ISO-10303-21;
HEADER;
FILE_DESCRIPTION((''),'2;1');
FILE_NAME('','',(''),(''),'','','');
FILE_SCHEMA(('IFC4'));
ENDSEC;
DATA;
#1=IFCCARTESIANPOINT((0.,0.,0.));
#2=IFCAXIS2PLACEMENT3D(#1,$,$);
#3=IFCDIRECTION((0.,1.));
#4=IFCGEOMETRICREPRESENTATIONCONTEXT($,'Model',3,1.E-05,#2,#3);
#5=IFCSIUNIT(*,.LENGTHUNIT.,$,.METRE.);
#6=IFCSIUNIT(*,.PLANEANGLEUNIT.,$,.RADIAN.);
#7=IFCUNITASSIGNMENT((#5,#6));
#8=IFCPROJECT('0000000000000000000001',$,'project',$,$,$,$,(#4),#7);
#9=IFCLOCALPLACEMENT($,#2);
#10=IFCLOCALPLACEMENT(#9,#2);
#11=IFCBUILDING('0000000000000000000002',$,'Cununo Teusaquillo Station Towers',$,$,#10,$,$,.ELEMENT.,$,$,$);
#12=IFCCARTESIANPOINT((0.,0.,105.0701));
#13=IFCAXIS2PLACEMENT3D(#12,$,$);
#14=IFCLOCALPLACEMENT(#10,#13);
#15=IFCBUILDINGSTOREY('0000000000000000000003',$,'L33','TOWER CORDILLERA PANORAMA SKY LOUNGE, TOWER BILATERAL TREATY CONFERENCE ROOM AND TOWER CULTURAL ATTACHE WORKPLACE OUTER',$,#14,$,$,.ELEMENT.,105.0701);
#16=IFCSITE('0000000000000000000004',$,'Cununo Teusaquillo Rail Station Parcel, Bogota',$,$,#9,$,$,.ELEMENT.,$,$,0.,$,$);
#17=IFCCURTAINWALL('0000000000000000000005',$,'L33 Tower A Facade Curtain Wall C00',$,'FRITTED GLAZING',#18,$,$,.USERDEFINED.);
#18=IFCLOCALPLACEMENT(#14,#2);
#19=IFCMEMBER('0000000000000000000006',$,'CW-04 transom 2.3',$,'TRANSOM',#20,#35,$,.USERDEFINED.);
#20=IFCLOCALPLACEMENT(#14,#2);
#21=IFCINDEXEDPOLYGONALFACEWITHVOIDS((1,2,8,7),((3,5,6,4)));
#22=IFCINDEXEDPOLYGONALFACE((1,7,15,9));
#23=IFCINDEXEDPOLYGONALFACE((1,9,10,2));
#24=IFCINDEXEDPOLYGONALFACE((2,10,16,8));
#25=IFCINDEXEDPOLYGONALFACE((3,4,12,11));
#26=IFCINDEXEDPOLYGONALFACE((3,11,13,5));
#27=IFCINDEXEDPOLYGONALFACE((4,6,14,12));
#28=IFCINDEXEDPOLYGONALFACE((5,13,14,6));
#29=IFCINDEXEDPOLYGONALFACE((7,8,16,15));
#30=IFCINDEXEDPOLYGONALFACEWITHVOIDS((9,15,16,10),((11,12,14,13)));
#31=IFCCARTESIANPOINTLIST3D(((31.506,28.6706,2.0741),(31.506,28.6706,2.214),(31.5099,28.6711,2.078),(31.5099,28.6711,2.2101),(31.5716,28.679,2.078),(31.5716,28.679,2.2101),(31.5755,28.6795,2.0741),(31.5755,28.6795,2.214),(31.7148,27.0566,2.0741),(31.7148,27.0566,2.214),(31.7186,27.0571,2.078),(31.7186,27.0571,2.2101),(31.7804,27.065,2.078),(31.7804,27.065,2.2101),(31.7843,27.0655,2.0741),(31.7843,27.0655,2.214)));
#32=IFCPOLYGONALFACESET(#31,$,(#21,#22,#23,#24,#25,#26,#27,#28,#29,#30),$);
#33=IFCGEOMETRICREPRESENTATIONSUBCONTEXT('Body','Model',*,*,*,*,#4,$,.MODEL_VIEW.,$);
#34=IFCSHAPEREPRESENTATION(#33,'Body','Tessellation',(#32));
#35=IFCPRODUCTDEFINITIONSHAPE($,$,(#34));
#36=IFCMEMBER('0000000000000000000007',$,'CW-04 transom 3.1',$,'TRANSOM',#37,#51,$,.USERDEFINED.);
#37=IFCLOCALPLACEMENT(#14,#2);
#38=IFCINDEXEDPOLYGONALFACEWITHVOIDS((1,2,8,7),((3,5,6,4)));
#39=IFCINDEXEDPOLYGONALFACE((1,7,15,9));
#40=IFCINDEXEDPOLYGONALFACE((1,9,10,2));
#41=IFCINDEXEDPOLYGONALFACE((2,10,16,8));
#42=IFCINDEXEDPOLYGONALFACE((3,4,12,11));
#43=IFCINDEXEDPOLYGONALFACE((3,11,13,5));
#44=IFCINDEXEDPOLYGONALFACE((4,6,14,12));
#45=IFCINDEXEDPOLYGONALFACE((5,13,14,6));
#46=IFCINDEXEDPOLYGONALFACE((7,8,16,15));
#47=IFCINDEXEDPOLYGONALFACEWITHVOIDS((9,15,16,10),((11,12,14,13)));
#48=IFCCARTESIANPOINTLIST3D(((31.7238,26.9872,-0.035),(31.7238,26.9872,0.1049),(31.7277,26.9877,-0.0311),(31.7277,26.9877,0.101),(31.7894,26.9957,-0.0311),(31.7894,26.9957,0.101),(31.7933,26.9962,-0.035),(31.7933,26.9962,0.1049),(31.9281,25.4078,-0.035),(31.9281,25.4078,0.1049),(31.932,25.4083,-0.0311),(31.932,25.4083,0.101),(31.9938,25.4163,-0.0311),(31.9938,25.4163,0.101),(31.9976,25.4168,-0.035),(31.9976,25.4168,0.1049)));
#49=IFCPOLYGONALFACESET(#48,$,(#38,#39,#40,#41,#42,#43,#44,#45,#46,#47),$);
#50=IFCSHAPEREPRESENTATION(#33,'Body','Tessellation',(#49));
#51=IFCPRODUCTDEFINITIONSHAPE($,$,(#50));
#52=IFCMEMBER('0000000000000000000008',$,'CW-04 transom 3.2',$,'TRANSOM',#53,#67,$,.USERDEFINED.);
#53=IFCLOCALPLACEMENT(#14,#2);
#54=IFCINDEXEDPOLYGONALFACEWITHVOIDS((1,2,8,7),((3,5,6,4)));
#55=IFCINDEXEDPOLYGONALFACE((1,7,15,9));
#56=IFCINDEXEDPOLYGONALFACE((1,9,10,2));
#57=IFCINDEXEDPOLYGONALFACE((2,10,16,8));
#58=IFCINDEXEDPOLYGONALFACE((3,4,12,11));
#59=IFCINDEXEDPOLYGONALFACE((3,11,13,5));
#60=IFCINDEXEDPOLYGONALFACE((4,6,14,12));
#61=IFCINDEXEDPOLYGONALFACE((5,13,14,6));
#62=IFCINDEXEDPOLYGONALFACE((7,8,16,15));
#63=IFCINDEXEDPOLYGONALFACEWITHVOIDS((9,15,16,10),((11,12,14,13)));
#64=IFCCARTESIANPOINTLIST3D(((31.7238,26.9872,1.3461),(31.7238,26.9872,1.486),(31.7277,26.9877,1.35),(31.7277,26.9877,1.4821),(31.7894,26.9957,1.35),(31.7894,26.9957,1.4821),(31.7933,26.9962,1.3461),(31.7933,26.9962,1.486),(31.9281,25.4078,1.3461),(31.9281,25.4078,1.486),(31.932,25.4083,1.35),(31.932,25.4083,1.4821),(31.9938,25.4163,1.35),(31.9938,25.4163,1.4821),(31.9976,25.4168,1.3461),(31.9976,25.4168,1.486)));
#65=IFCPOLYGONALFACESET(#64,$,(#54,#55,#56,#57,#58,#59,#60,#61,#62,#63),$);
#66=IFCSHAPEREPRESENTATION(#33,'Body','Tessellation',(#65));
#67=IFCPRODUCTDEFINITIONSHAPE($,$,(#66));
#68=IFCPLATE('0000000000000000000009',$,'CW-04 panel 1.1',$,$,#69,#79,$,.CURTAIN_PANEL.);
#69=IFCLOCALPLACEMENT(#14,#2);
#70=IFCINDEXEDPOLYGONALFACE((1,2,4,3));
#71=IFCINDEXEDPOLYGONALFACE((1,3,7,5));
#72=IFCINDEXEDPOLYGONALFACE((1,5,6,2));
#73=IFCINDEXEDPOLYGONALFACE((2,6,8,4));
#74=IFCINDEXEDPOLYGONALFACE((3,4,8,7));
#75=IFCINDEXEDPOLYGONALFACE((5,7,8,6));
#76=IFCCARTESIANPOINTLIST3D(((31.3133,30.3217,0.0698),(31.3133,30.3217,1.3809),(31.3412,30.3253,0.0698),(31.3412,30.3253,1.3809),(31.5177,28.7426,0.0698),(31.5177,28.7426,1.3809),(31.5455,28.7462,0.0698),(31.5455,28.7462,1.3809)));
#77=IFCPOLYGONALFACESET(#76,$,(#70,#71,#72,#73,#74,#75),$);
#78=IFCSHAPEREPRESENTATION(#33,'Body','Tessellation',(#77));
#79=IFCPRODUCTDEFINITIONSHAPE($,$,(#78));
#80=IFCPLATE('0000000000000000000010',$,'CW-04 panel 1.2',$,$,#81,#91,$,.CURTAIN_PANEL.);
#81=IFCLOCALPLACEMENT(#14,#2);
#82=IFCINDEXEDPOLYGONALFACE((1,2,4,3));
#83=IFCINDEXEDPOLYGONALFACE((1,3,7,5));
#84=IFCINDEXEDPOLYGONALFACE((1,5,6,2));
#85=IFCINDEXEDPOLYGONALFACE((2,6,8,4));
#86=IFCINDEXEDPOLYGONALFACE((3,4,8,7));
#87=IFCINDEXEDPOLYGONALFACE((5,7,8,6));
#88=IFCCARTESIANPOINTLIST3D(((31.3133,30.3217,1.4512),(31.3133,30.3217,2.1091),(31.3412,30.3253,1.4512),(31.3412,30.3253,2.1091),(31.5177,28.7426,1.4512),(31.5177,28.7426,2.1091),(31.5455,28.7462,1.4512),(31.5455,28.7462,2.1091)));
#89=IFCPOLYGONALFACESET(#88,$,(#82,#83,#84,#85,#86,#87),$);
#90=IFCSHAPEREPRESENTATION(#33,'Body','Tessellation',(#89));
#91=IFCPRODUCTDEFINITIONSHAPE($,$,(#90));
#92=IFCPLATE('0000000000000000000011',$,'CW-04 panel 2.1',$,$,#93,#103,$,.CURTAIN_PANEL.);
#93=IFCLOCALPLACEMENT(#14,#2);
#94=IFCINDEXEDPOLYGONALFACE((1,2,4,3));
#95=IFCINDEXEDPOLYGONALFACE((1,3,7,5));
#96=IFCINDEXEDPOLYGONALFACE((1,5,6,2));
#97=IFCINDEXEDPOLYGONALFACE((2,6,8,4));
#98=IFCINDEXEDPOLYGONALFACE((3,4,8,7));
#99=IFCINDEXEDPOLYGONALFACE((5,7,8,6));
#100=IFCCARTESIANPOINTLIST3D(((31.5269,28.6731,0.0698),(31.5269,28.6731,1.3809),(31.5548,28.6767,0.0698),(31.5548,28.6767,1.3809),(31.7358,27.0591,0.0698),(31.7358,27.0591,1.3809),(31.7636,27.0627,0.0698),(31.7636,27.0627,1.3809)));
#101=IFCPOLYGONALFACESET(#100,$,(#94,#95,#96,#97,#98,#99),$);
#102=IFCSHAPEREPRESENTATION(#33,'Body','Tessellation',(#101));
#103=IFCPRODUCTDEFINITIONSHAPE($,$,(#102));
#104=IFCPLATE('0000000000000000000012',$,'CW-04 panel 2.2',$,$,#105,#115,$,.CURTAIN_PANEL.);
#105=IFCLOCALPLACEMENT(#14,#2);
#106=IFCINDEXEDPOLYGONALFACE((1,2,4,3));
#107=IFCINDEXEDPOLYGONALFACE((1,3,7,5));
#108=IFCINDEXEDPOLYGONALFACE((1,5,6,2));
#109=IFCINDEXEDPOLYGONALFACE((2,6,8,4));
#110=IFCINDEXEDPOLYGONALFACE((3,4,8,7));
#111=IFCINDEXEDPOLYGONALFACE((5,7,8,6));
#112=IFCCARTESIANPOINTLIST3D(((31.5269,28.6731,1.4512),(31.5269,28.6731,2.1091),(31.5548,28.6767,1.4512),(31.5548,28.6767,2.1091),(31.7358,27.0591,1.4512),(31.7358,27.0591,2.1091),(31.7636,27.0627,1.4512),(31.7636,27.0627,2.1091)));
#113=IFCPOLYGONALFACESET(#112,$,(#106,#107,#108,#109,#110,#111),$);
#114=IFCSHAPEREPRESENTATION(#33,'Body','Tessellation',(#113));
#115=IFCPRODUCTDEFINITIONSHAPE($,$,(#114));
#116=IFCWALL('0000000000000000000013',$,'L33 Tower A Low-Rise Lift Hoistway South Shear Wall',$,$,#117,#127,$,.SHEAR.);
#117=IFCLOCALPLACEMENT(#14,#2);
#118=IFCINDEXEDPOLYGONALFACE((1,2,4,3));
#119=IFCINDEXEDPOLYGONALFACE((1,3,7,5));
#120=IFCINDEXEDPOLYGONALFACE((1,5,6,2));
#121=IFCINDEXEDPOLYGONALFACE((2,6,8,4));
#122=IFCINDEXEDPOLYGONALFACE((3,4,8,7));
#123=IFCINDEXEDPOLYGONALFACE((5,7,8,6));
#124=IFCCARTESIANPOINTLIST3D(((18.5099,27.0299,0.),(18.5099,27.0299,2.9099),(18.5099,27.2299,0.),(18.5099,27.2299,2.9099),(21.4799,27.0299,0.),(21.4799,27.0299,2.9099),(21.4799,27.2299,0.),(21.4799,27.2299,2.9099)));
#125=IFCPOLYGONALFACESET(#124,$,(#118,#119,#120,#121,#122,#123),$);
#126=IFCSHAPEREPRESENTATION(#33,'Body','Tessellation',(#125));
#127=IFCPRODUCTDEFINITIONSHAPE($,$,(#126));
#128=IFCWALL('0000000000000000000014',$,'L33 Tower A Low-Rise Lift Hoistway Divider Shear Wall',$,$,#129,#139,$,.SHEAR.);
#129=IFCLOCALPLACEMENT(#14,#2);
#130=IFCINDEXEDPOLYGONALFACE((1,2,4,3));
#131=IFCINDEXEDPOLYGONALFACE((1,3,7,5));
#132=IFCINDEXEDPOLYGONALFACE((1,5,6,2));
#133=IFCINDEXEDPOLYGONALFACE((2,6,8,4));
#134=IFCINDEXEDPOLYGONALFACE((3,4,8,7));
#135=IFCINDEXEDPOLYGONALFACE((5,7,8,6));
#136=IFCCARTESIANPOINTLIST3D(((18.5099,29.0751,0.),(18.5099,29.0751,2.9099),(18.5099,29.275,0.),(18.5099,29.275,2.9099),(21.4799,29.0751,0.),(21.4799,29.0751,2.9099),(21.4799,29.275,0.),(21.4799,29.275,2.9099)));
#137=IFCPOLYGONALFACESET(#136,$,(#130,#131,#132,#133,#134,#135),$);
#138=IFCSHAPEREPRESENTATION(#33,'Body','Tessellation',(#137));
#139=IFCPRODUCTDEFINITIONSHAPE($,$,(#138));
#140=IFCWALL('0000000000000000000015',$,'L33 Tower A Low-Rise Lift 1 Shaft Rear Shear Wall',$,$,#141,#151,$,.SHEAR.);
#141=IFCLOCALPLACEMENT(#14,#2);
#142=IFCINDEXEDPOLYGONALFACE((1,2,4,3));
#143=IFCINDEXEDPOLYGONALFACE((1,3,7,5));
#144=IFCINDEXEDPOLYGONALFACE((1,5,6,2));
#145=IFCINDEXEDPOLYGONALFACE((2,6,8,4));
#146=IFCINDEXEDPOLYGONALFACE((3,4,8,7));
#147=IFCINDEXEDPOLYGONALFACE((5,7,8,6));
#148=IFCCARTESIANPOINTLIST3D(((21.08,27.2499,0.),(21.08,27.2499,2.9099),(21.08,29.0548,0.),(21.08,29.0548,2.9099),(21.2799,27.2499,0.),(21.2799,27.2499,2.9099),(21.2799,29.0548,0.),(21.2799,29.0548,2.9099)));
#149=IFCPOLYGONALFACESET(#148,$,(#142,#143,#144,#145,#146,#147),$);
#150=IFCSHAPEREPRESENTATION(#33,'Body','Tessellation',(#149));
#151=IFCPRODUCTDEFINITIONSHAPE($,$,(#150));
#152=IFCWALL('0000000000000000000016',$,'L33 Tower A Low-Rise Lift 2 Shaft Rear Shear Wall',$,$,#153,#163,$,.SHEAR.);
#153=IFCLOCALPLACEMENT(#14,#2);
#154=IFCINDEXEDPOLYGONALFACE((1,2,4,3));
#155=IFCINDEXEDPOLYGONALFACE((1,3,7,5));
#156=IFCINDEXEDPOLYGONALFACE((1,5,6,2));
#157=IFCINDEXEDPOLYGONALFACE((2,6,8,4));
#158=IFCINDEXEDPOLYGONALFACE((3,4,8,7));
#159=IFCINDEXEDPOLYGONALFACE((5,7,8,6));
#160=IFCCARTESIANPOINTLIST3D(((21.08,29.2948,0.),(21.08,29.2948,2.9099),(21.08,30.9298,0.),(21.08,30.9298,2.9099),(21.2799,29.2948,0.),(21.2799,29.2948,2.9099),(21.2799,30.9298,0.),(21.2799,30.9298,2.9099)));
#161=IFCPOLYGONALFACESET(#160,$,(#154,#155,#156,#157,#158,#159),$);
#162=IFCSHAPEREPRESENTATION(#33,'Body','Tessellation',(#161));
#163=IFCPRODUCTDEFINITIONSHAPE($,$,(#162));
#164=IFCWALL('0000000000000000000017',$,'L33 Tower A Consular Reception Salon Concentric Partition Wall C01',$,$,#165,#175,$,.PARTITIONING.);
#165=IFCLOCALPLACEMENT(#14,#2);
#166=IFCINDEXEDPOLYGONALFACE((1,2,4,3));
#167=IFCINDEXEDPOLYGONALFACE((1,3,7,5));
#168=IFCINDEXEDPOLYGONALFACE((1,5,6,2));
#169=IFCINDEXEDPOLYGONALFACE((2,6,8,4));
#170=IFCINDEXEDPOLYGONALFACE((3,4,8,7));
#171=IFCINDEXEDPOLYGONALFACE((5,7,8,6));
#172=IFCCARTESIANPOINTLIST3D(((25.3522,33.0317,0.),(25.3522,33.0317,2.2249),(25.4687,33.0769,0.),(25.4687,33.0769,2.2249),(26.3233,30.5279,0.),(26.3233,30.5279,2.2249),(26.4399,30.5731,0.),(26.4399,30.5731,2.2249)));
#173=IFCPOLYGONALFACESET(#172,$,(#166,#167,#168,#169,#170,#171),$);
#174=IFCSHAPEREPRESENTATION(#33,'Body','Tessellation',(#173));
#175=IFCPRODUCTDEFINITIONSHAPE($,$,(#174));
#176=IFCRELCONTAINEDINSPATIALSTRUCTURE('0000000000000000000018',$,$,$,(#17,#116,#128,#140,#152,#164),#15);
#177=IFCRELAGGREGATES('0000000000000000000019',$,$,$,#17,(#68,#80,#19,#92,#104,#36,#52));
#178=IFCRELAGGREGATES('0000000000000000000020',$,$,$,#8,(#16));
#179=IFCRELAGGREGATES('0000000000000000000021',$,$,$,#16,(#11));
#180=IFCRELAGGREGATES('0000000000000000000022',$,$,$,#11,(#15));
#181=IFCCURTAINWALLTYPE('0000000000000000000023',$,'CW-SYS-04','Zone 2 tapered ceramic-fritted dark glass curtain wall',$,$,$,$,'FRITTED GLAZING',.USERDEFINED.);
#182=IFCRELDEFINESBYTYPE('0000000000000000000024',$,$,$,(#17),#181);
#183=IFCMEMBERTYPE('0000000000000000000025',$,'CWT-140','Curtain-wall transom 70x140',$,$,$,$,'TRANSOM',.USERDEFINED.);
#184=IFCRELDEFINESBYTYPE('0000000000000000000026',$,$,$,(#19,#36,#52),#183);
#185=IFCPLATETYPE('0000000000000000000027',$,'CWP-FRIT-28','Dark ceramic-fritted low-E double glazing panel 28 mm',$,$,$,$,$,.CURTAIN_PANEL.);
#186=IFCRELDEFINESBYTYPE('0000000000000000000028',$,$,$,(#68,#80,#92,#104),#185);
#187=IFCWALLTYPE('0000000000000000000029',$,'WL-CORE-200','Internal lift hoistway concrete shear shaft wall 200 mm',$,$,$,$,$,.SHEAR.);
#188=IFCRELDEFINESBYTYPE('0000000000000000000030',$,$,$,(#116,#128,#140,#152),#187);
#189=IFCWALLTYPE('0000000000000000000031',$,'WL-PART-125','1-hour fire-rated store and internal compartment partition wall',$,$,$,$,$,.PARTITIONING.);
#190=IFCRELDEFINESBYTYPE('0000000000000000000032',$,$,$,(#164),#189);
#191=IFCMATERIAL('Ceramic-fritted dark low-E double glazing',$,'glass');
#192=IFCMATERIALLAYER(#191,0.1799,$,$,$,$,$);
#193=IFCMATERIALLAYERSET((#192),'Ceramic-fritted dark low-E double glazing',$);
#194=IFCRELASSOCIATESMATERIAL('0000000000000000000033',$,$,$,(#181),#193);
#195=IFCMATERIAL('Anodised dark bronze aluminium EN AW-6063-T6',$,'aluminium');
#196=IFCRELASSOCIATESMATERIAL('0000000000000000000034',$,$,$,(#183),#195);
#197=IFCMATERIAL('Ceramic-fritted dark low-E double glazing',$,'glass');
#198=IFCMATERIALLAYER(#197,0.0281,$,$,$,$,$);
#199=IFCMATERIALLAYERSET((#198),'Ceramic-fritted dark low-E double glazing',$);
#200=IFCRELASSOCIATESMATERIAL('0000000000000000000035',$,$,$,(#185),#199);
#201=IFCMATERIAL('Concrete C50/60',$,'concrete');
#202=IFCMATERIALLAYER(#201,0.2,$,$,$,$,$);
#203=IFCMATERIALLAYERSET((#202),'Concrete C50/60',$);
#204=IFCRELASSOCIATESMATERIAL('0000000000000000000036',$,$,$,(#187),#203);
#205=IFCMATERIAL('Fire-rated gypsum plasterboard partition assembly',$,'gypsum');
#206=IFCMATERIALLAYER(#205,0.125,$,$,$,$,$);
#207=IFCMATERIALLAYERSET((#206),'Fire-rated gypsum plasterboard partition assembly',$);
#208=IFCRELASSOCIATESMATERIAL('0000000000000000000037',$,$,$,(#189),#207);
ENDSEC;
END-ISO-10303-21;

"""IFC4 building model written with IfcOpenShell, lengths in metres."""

from ifc_helpers import new_model, si_unit, direction, frame, frame_2d, origin, origin_2d, place, context, subcontext, project, spatial, rectangle, hollow_rectangle, extrude, source, transform, mapped, material, layer, layer_set, material_profile, profile_set, type_object, element, aggregate, save


model = new_model("IFC4")

# Units and contexts
model_context = context("Model", 3, precision=1e-05, world=origin(), true_north=direction((0.0, 1.0)))
body_context = subcontext(model_context, "Body", "Model", "MODEL_VIEW")
ifc_project = project(units=[si_unit("LENGTHUNIT", "METRE"), si_unit("PLANEANGLEUNIT", "RADIAN")], contexts=[model_context])

# Site, building, storey
site_placement = place(None, origin())
site = spatial("IfcSite", under=ifc_project, at=site_placement, Name="Cununo Teusaquillo Rail Station Parcel, Bogota", CompositionType="ELEMENT", RefElevation=0.0)
building_placement = place(site_placement, origin())
building = spatial("IfcBuilding", under=site, at=building_placement, Name="Cununo Teusaquillo Station Towers", CompositionType="ELEMENT")
storey_placement = place(building_placement, frame((0.0, 0.0, 105.0701)))
storey = spatial("IfcBuildingStorey", under=building, at=storey_placement, Name="L33", Description="TOWER CORDILLERA PANORAMA SKY LOUNGE, TOWER BILATERAL TREATY CONFERENCE ROOM AND TOWER CULTURAL ATTACHE WORKPLACE OUTER", CompositionType="ELEMENT", Elevation=105.0701)

# Curtain wall, members, plates
ifc_material_1 = material(Name="Ceramic-fritted dark low-E double glazing", Category="glass")
ifc_layer_1 = layer(ifc_material_1, 0.1799)
ifc_layer_set_1 = layer_set([ifc_layer_1], Name="Ceramic-fritted dark low-E double glazing")
curtain_wall_type = type_object("IfcCurtainWallType", Name="CW-SYS-04", Description="Zone 2 tapered ceramic-fritted dark glass curtain wall", ElementType="FRITTED GLAZING", PredefinedType="USERDEFINED", material=ifc_layer_set_1)
curtain_wall_placement = place(storey_placement, origin())
curtain_wall = element("IfcCurtainWall", 1, at=curtain_wall_placement, inside=storey, type_object=curtain_wall_type, Name="L33 Tower A Facade Curtain Wall C00", ObjectType="FRITTED GLAZING", PredefinedType="USERDEFINED")
ifc_material_2 = material(Name="Anodised dark bronze aluminium EN AW-6063-T6", Category="aluminium")
ifc_material_profile_1 = material_profile(ifc_material_2, hollow_rectangle(XDim=0.0701, YDim=0.1399, WallThickness=0.0039, at=origin_2d()), Name="CW-TRAN-70x140")
ifc_profile_set_1 = profile_set([ifc_material_profile_1], Name="Anodised dark bronze aluminium EN AW-6063-T6")
member_type_1 = type_object("IfcMemberType", Name="CWT-140", Description="Curtain-wall transom 70x140", ElementType="TRANSOM", PredefinedType="USERDEFINED", material=ifc_profile_set_1)
member_1_placement = place(storey_placement, frame((31.5408, 28.675, 2.144), z_axis=(0.128262, -0.99174, 0.0), x_axis=(0.99174, 0.128262, 0.0)))
member_1 = element("IfcMember", 2, at=member_1_placement, type_object=member_type_1, Name="CW-04 transom 2.3", ObjectType="TRANSOM", PredefinedType="USERDEFINED", context=body_context, shape_type="SweptSolid", body=[
    extrude(hollow_rectangle(XDim=0.0701, YDim=0.1399, WallThickness=0.0039, at=origin_2d()), origin(), (0.0, 0.0, 1.0), 1.6274),
])
member_2_placement = place(storey_placement, frame((31.7585, 26.9917, 0.0349), z_axis=(0.128317, -0.991733, 0.0), x_axis=(0.991733, 0.128317, 0.0)))
member_2 = element("IfcMember", 3, at=member_2_placement, type_object=member_type_1, Name="CW-04 transom 3.1", ObjectType="TRANSOM", PredefinedType="USERDEFINED", context=body_context, shape_type="SweptSolid", body=[
    extrude(hollow_rectangle(XDim=0.0701, YDim=0.1399, WallThickness=0.0039, at=origin_2d()), origin(), (0.0, 0.0, 1.0), 1.5925),
])
member_3_placement = place(storey_placement, frame((31.7585, 26.9917, 1.416), z_axis=(0.128317, -0.991733, 0.0), x_axis=(0.991733, 0.128317, 0.0)))
member_3 = element("IfcMember", 4, at=member_3_placement, type_object=member_type_1, Name="CW-04 transom 3.2", ObjectType="TRANSOM", PredefinedType="USERDEFINED", context=body_context, shape_type="SweptSolid", body=[
    extrude(hollow_rectangle(XDim=0.0701, YDim=0.1399, WallThickness=0.0039, at=origin_2d()), origin(), (0.0, 0.0, 1.0), 1.5925),
])
ifc_material_3 = material(Name="Ceramic-fritted dark low-E double glazing", Category="glass")
ifc_layer_2 = layer(ifc_material_3, 0.0281)
ifc_layer_set_2 = layer_set([ifc_layer_2], Name="Ceramic-fritted dark low-E double glazing")
plate_type = type_object("IfcPlateType", Name="CWP-FRIT-28", Description="Dark ceramic-fritted low-E double glazing panel 28 mm", PredefinedType="CURTAIN_PANEL", material=ifc_layer_set_2)
shared_shape_1 = source(origin(), body_context, "Body", "SweptSolid", [
    extrude(rectangle(XDim=1.5923, YDim=0.0281, at=origin_2d()), origin(), (0.0, 0.0, 1.0), 1.311),
])
plate_1_placement = place(storey_placement, frame((31.4294, 29.5339, 0.0698), z_axis=(0.0, 0.0, 1.0), x_axis=(0.128336, -0.991731, 0.0)))
plate_1 = element("IfcPlate", 5, at=plate_1_placement, type_object=plate_type, Name="CW-04 panel 1.1", PredefinedType="CURTAIN_PANEL", context=body_context, shape_type="MappedRepresentation", body=[
    mapped(shared_shape_1, transform((0.0, 0.0, 0.0), x_axis=(1.0, 0.0, 0.0), y_axis=(0.0, 1.0, 0.0), z_axis=(0.0, 0.0, 1.0), scale=1.0)),
])
shared_shape_2 = source(origin(), body_context, "Body", "SweptSolid", [
    extrude(rectangle(XDim=1.5923, YDim=0.0281, at=origin_2d()), origin(), (0.0, 0.0, 1.0), 0.658),
])
plate_2_placement = place(storey_placement, frame((31.4294, 29.5339, 1.4512), z_axis=(0.0, 0.0, 1.0), x_axis=(0.128336, -0.991731, 0.0)))
plate_2 = element("IfcPlate", 6, at=plate_2_placement, type_object=plate_type, Name="CW-04 panel 1.2", PredefinedType="CURTAIN_PANEL", context=body_context, shape_type="MappedRepresentation", body=[
    mapped(shared_shape_2, transform((0.0, 0.0, 0.0), x_axis=(1.0, 0.0, 0.0), y_axis=(0.0, 1.0, 0.0), z_axis=(0.0, 0.0, 1.0), scale=1.0)),
])
shared_shape_3 = source(origin(), body_context, "Body", "SweptSolid", [
    extrude(rectangle(XDim=1.6274, YDim=0.0281, at=origin_2d()), origin(), (0.0, 0.0, 1.0), 1.311),
])
plate_3_placement = place(storey_placement, frame((31.6453, 27.8679, 0.0698), z_axis=(0.0, 0.0, 1.0), x_axis=(0.128336, -0.991731, 0.0)))
plate_3 = element("IfcPlate", 7, at=plate_3_placement, type_object=plate_type, Name="CW-04 panel 2.1", PredefinedType="CURTAIN_PANEL", context=body_context, shape_type="MappedRepresentation", body=[
    mapped(shared_shape_3, transform((0.0, 0.0, 0.0), x_axis=(1.0, 0.0, 0.0), y_axis=(0.0, 1.0, 0.0), z_axis=(0.0, 0.0, 1.0), scale=1.0)),
])
shared_shape_4 = source(origin(), body_context, "Body", "SweptSolid", [
    extrude(rectangle(XDim=1.6274, YDim=0.0281, at=origin_2d()), origin(), (0.0, 0.0, 1.0), 0.658),
])
plate_4_placement = place(storey_placement, frame((31.6453, 27.8679, 1.4512), z_axis=(0.0, 0.0, 1.0), x_axis=(0.128336, -0.991731, 0.0)))
plate_4 = element("IfcPlate", 8, at=plate_4_placement, type_object=plate_type, Name="CW-04 panel 2.2", PredefinedType="CURTAIN_PANEL", context=body_context, shape_type="MappedRepresentation", body=[
    mapped(shared_shape_4, transform((0.0, 0.0, 0.0), x_axis=(1.0, 0.0, 0.0), y_axis=(0.0, 1.0, 0.0), z_axis=(0.0, 0.0, 1.0), scale=1.0)),
])
aggregate(curtain_wall, [plate_1, plate_2, member_1, plate_3, plate_4, member_2, member_3])

# Walls
ifc_material_4 = material(Name="Concrete C50/60", Category="concrete")
ifc_layer_3 = layer(ifc_material_4, 0.2)
ifc_layer_set_3 = layer_set([ifc_layer_3], Name="Concrete C50/60")
wall_type_1 = type_object("IfcWallType", Name="WL-CORE-200", Description="Internal lift hoistway concrete shear shaft wall 200 mm", PredefinedType="SHEAR", material=ifc_layer_set_3)
for number, where, z_axis, x_axis, name in (
    (9, (18.51, 27.1299, 0.0), (0.0, 0.0, 1.0), (1.0, 0.0, 0.0), "L33 Tower A Low-Rise Lift Hoistway South Shear Wall"),
    (10, (18.51, 29.175, 0.0), (0.0, 0.0, 1.0), (1.0, 0.0, 0.0), "L33 Tower A Low-Rise Lift Hoistway Divider Shear Wall"),
):
    element("IfcWall", number, at=place(storey_placement, frame(where, z_axis=z_axis, x_axis=x_axis)), inside=storey, type_object=wall_type_1, Name=name, PredefinedType="SHEAR", context=body_context, shape_type="SweptSolid", body=[
        extrude(rectangle(XDim=2.97, YDim=0.2, at=frame_2d((1.4849, 0.0))), origin(), (0.0, 0.0, 1.0), 2.9099),
    ])
wall_1_placement = place(storey_placement, frame((21.1799, 27.25, 0.0), z_axis=(0.0, 0.0, 1.0), x_axis=(0.0, 1.0, 0.0)))
element("IfcWall", 11, at=wall_1_placement, inside=storey, type_object=wall_type_1, Name="L33 Tower A Low-Rise Lift 1 Shaft Rear Shear Wall", PredefinedType="SHEAR", context=body_context, shape_type="SweptSolid", body=[
    extrude(rectangle(XDim=1.8049, YDim=0.2, at=frame_2d((0.9023, 0.0))), origin(), (0.0, 0.0, 1.0), 2.9099),
])
wall_2_placement = place(storey_placement, frame((21.1799, 29.2949, 0.0), z_axis=(0.0, 0.0, 1.0), x_axis=(0.0, 1.0, 0.0)))
element("IfcWall", 12, at=wall_2_placement, inside=storey, type_object=wall_type_1, Name="L33 Tower A Low-Rise Lift 2 Shaft Rear Shear Wall", PredefinedType="SHEAR", context=body_context, shape_type="SweptSolid", body=[
    extrude(rectangle(XDim=1.635, YDim=0.2, at=frame_2d((0.8174, 0.0))), origin(), (0.0, 0.0, 1.0), 2.9099),
])
ifc_material_5 = material(Name="Fire-rated gypsum plasterboard partition assembly", Category="gypsum")
ifc_layer_4 = layer(ifc_material_5, 0.125)
ifc_layer_set_4 = layer_set([ifc_layer_4], Name="Fire-rated gypsum plasterboard partition assembly")
wall_type_2 = type_object("IfcWallType", Name="WL-PART-125", Description="1-hour fire-rated store and internal compartment partition wall", PredefinedType="PARTITIONING", material=ifc_layer_set_4)
wall_3_placement = place(storey_placement, frame((26.3816, 30.5505, 0.0), z_axis=(0.0, 0.0, 1.0), x_axis=(-0.361621, 0.932325, 0.0)))
element("IfcWall", 13, at=wall_3_placement, inside=storey, type_object=wall_type_2, Name="L33 Tower A Consular Reception Salon Concentric Partition Wall C01", PredefinedType="PARTITIONING", context=body_context, shape_type="SweptSolid", body=[
    extrude(rectangle(XDim=2.6855, YDim=0.125, at=frame_2d((1.3428, 0.0))), origin(), (0.0, 0.0, 1.0), 2.2249),
])

save(model, "model.ifc")
